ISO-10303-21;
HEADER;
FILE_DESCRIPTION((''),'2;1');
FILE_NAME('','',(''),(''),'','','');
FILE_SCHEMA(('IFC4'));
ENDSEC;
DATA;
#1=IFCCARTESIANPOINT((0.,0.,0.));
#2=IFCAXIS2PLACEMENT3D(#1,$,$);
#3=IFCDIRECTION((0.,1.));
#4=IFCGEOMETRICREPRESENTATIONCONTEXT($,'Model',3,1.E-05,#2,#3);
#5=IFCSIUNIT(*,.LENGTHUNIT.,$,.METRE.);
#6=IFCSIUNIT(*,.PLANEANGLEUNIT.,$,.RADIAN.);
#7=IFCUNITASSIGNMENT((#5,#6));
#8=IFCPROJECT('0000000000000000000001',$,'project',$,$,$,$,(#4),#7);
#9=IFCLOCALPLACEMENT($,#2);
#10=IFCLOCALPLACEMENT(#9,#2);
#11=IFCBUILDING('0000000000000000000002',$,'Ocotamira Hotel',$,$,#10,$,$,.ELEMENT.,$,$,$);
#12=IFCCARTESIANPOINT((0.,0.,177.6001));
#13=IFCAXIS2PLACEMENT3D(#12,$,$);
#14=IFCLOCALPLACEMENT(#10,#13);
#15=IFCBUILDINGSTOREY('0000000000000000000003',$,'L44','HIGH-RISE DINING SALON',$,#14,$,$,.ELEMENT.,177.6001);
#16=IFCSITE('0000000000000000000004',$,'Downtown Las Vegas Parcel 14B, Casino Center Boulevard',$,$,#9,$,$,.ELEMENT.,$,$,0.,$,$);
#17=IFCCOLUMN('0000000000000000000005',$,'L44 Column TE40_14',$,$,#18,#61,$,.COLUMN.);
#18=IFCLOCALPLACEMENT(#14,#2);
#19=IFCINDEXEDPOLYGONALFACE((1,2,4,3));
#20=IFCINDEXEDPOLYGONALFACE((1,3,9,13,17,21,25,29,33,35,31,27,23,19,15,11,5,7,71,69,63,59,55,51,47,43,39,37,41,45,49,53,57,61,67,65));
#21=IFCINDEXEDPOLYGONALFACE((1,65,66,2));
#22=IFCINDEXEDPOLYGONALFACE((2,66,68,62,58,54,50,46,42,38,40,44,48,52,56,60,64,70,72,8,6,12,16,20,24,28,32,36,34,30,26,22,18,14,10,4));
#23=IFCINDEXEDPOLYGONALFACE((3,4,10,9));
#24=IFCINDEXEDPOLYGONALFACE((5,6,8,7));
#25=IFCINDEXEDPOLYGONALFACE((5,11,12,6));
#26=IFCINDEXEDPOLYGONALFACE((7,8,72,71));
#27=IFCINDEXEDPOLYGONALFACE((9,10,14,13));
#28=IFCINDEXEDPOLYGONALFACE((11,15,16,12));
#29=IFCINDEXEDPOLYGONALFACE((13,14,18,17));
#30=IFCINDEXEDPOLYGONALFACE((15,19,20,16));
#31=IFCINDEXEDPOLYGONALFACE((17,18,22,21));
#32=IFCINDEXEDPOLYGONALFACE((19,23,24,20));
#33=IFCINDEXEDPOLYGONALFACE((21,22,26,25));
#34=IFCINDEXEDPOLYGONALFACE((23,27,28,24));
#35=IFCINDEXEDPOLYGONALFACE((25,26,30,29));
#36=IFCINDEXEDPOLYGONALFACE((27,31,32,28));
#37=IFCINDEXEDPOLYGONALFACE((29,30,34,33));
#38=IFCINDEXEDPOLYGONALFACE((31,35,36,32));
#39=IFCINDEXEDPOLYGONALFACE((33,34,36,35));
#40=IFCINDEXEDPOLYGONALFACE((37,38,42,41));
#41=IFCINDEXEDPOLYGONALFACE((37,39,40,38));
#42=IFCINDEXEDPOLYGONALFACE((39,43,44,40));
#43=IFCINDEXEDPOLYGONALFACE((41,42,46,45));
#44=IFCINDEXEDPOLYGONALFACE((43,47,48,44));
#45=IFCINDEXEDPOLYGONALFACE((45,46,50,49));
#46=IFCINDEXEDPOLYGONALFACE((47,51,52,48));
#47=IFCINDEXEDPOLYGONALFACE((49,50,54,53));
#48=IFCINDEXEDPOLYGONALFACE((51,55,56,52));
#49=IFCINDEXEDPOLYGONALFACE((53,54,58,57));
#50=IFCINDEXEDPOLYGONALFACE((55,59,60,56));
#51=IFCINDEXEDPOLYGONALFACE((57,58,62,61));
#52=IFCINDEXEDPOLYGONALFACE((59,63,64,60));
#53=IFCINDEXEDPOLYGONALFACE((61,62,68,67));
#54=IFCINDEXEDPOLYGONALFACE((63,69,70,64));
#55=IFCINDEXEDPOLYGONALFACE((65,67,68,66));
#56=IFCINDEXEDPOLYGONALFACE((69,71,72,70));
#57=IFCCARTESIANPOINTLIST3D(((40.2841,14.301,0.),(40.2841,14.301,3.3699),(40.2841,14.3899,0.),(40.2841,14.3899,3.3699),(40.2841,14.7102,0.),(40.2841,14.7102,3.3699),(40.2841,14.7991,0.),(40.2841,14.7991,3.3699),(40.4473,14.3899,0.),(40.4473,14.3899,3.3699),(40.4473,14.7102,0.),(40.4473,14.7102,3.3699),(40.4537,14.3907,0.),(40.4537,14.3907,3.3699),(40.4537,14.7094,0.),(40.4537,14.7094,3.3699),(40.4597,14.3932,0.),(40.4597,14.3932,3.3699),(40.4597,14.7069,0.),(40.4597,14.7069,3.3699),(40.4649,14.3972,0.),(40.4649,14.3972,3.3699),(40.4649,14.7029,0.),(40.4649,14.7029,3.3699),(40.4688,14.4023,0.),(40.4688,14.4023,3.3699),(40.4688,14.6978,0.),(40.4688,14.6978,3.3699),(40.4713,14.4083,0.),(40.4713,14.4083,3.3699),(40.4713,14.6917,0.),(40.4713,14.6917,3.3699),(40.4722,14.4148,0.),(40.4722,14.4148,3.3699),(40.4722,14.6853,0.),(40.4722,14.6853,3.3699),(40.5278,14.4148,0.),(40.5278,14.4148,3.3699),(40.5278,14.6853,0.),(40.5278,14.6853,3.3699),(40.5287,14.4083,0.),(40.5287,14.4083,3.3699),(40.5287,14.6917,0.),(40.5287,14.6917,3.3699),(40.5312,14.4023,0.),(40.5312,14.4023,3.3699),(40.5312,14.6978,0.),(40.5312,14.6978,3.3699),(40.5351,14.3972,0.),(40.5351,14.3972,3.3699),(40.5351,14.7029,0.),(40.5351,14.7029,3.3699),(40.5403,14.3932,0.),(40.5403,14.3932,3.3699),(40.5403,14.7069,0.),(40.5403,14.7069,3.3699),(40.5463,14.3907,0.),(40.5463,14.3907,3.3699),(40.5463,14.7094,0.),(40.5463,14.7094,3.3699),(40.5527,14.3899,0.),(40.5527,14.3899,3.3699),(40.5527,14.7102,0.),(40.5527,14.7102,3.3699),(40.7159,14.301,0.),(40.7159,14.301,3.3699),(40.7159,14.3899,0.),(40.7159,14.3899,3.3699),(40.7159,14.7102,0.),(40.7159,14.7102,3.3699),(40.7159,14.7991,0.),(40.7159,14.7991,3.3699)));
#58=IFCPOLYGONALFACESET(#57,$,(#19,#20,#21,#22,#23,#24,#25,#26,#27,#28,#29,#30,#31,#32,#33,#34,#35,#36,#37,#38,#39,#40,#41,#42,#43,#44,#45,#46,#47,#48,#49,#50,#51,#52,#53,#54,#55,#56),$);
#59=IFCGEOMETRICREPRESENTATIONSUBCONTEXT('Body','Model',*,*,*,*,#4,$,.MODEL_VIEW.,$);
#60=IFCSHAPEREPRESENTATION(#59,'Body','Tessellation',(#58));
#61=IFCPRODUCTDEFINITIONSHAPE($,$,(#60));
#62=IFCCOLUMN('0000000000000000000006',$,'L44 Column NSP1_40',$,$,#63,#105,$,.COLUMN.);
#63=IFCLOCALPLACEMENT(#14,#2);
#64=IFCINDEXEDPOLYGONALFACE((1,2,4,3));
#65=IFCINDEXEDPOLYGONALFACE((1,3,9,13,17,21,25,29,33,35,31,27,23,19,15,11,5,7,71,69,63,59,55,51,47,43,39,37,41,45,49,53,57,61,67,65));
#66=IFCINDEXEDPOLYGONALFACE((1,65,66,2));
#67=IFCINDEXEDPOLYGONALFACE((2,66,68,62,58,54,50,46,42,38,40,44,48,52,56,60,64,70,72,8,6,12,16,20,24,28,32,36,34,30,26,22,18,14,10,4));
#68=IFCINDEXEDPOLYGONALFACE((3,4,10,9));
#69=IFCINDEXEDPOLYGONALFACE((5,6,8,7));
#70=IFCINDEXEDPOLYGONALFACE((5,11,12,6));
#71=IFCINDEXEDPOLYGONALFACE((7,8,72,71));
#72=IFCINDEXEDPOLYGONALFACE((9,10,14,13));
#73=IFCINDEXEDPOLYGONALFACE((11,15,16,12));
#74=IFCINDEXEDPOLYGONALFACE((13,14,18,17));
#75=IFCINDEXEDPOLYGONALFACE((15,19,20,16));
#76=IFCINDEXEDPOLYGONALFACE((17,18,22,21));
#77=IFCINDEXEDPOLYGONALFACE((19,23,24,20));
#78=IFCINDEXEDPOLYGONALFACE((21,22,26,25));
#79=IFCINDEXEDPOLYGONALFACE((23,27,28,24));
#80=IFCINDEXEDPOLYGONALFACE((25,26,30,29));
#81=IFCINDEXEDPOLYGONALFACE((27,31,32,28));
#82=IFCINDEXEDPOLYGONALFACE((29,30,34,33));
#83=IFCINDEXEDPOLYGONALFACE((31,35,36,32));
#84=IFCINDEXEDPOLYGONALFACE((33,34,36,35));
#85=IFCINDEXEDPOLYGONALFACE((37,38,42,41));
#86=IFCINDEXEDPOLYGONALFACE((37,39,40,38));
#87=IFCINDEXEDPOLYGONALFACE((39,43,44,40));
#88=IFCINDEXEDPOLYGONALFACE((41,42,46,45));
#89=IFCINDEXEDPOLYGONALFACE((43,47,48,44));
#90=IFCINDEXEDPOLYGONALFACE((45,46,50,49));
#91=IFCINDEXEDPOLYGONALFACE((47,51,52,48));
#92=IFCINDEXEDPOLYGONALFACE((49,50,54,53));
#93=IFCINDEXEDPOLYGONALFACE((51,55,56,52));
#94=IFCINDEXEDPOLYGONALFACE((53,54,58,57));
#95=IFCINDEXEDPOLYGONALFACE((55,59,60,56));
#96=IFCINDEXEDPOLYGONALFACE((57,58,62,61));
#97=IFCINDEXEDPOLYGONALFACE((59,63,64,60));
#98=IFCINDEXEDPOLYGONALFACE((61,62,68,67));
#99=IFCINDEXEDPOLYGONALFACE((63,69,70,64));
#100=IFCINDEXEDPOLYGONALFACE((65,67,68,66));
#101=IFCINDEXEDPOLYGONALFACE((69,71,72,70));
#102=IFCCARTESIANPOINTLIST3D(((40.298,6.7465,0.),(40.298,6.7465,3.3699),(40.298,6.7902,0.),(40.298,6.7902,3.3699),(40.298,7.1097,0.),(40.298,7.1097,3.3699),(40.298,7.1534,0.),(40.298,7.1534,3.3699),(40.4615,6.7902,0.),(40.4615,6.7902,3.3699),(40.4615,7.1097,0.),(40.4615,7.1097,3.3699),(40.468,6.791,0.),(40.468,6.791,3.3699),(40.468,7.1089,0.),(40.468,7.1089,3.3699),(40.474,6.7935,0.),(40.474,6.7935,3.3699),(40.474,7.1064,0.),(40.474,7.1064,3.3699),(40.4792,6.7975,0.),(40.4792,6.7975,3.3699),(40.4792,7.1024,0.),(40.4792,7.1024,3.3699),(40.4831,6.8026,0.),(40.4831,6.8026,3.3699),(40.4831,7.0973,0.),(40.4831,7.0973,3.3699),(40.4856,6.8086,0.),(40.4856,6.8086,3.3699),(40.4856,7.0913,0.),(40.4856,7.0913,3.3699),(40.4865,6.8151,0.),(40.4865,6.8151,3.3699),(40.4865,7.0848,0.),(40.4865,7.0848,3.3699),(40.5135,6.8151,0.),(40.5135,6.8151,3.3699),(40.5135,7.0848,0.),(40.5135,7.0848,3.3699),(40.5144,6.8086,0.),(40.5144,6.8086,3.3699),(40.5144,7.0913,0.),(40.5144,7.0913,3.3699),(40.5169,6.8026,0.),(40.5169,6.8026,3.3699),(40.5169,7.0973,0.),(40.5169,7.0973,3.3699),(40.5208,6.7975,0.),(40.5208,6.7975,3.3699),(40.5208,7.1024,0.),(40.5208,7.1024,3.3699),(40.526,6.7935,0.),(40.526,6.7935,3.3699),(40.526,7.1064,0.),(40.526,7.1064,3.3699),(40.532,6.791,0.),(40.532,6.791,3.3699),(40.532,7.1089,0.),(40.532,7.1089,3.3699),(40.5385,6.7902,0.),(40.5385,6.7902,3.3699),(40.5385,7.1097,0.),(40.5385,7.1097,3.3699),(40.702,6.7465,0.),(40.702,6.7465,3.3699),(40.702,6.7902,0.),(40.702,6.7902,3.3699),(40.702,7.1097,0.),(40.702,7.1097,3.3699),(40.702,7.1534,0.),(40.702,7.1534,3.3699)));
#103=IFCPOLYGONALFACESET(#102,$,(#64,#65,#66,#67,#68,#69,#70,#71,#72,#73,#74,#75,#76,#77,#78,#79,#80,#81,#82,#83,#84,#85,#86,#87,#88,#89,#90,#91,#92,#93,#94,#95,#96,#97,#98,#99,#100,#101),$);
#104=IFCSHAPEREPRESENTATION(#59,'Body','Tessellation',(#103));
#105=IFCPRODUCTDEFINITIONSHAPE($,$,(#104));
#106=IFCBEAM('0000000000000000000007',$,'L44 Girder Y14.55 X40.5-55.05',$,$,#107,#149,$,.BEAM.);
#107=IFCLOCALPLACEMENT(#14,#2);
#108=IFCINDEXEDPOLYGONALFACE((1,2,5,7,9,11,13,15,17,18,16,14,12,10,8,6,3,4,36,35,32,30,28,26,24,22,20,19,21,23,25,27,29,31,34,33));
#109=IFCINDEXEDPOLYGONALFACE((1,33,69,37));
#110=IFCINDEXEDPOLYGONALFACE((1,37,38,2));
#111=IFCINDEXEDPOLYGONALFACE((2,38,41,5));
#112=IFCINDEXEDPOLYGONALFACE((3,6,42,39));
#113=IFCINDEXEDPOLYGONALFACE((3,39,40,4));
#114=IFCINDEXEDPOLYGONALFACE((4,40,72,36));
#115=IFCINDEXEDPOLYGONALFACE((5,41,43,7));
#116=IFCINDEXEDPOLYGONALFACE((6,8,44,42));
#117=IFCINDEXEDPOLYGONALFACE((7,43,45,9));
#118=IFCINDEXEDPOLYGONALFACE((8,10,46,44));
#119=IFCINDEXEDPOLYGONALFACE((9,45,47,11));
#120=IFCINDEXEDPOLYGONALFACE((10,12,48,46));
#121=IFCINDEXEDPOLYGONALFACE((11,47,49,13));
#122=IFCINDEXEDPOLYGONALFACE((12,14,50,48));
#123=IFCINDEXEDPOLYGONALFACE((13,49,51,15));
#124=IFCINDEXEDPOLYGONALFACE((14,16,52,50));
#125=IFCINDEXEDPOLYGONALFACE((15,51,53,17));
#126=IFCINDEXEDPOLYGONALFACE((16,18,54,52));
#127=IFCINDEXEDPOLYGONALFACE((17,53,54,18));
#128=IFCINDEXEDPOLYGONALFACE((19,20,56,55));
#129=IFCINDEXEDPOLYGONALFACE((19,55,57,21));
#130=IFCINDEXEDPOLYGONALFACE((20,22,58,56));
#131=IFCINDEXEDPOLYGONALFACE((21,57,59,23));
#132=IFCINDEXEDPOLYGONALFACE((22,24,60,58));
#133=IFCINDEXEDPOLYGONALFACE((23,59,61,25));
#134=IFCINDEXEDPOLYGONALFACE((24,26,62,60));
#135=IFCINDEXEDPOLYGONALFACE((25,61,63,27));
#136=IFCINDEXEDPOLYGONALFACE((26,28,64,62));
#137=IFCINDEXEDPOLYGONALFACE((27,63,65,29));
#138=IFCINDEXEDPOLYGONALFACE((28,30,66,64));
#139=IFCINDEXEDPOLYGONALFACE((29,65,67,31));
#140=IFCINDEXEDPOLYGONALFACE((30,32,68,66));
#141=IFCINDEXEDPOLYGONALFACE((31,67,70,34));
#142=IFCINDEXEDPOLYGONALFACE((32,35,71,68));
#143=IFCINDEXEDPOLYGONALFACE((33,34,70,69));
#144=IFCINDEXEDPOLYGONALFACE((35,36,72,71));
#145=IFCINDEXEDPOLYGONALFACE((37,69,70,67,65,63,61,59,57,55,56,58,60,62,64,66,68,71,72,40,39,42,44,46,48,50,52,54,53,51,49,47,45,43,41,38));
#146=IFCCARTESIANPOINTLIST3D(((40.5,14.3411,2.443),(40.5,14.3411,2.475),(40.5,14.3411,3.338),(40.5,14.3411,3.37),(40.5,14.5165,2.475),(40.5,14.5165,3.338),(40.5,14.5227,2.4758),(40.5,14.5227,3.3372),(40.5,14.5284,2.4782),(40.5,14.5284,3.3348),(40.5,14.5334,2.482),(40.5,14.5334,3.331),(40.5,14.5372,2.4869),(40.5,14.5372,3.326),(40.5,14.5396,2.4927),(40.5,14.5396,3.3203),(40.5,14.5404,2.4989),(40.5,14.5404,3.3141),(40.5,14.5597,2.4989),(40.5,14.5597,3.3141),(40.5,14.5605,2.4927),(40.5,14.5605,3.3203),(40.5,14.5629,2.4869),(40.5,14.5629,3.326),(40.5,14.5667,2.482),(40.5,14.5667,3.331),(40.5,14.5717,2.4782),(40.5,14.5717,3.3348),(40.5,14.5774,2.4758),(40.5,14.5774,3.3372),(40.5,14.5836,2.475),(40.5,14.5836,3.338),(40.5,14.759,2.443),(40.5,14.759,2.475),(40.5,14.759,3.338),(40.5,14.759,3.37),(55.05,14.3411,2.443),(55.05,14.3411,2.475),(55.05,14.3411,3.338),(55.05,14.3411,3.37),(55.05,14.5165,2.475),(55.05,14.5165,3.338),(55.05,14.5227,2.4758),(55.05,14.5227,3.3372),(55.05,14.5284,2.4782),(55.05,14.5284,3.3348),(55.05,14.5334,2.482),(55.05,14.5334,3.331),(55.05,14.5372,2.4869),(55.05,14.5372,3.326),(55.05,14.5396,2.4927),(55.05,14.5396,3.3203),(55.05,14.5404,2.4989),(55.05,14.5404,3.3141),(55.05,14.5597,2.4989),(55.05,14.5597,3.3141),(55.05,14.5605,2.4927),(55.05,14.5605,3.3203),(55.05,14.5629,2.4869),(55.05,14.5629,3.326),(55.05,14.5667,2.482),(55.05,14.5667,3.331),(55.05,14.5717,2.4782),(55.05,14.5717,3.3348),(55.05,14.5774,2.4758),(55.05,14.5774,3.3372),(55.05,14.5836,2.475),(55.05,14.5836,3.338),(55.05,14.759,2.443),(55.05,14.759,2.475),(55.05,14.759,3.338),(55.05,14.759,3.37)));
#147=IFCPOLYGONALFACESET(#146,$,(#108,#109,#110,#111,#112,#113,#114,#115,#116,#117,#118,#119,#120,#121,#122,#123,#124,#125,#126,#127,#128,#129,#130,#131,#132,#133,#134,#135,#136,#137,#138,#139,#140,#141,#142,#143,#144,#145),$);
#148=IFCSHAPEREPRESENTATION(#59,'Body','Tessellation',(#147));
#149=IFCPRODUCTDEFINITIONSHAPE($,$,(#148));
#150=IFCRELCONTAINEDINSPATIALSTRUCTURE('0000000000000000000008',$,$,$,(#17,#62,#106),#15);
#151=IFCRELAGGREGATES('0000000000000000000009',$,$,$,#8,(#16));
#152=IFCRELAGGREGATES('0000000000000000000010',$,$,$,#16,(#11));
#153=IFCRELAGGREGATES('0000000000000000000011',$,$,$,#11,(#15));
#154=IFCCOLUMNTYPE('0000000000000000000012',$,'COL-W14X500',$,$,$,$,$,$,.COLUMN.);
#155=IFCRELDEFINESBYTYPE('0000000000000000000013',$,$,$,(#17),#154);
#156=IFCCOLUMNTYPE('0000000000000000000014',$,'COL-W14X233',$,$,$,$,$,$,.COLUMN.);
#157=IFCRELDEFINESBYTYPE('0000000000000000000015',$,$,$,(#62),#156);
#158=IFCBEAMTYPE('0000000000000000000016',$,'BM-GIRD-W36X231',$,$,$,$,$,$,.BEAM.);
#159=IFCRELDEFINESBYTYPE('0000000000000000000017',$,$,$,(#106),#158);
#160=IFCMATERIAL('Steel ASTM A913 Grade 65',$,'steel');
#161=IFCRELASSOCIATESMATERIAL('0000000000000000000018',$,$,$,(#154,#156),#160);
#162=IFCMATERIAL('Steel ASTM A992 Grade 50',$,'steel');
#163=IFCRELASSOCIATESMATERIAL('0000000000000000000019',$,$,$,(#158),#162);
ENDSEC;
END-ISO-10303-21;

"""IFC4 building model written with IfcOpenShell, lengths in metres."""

from ifc_helpers import new_model, si_unit, direction, frame, origin, origin_2d, place, context, subcontext, project, spatial, i_section, extrude, source, transform, mapped, material, material_profile, profile_set, type_object, element, save


model = new_model("IFC4")

# Units and contexts
model_context = context("Model", 3, precision=1e-05, world=origin(), true_north=direction((0.0, 1.0)))
body_context = subcontext(model_context, "Body", "Model", "MODEL_VIEW")
ifc_project = project(units=[si_unit("LENGTHUNIT", "METRE"), si_unit("PLANEANGLEUNIT", "RADIAN")], contexts=[model_context])

# Site, building, storey
site_placement = place(None, origin())
site = spatial("IfcSite", under=ifc_project, at=site_placement, Name="Downtown Las Vegas Parcel 14B, Casino Center Boulevard", CompositionType="ELEMENT", RefElevation=0.0)
building_placement = place(site_placement, origin())
building = spatial("IfcBuilding", under=site, at=building_placement, Name="Ocotamira Hotel", CompositionType="ELEMENT")
storey_placement = place(building_placement, frame((0.0, 0.0, 177.6001)))
storey = spatial("IfcBuildingStorey", under=building, at=storey_placement, Name="L44", Description="HIGH-RISE DINING SALON", CompositionType="ELEMENT", Elevation=177.6001)

# Columns
ifc_material_1 = material(Name="Steel ASTM A913 Grade 65", Category="steel")
ifc_material_profile_1 = material_profile(ifc_material_1, i_section(OverallWidth=0.4319, OverallDepth=0.498, WebThickness=0.0557, FlangeThickness=0.0889, FilletRadius=0.0249, at=origin_2d()), Name="W14X500")
ifc_profile_set_1 = profile_set([ifc_material_profile_1], Name="Steel ASTM A913 Grade 65")
column_type_1 = type_object("IfcColumnType", Name="COL-W14X500", PredefinedType="COLUMN", material=ifc_profile_set_1)
shared_shape_1 = source(origin(), body_context, "Body", "SweptSolid", [
    extrude(i_section(OverallWidth=0.4319, OverallDepth=0.498, WebThickness=0.0557, FlangeThickness=0.0889, FilletRadius=0.0249, at=origin_2d()), origin(), (0.0, 0.0, 1.0), 3.3699),
])
column_1_placement = place(storey_placement, frame((40.5, 14.55, 0.0), z_axis=(0.0, 0.0, 1.0), x_axis=(1.0, 0.0, 0.0)))
element("IfcColumn", 1, at=column_1_placement, inside=storey, type_object=column_type_1, Name="L44 Column TE40_14", PredefinedType="COLUMN", context=body_context, shape_type="MappedRepresentation", body=[
    mapped(shared_shape_1, transform((0.0, 0.0, 0.0), scale=1.0)),
])
ifc_material_profile_2 = material_profile(ifc_material_1, i_section(OverallWidth=0.4041, OverallDepth=0.407, WebThickness=0.0271, FlangeThickness=0.0437, FilletRadius=0.0249, at=origin_2d()), Name="W14X233")
ifc_profile_set_2 = profile_set([ifc_material_profile_2], Name="Steel ASTM A913 Grade 65")
column_type_2 = type_object("IfcColumnType", Name="COL-W14X233", PredefinedType="COLUMN", material=ifc_profile_set_2)
shared_shape_2 = source(origin(), body_context, "Body", "SweptSolid", [
    extrude(i_section(OverallWidth=0.4041, OverallDepth=0.407, WebThickness=0.0271, FlangeThickness=0.0437, FilletRadius=0.0249, at=origin_2d()), origin(), (0.0, 0.0, 1.0), 3.3699),
])
column_2_placement = place(storey_placement, frame((40.5, 6.95, 0.0), z_axis=(0.0, 0.0, 1.0), x_axis=(1.0, 0.0, 0.0)))
element("IfcColumn", 2, at=column_2_placement, inside=storey, type_object=column_type_2, Name="L44 Column NSP1_40", PredefinedType="COLUMN", context=body_context, shape_type="MappedRepresentation", body=[
    mapped(shared_shape_2, transform((0.0, 0.0, 0.0), scale=1.0)),
])

# Beam
ifc_material_2 = material(Name="Steel ASTM A992 Grade 50", Category="steel")
ifc_material_profile_3 = material_profile(ifc_material_2, i_section(OverallWidth=0.418, OverallDepth=0.927, WebThickness=0.0193, FlangeThickness=0.032, FilletRadius=0.0239, at=origin_2d()), Name="W36X231")
ifc_profile_set_3 = profile_set([ifc_material_profile_3], Name="Steel ASTM A992 Grade 50")
beam_type_1 = type_object("IfcBeamType", Name="BM-GIRD-W36X231", PredefinedType="BEAM", material=ifc_profile_set_3)
shared_shape_3 = source(origin(), body_context, "Body", "SweptSolid", [
    extrude(i_section(OverallWidth=0.418, OverallDepth=0.927, WebThickness=0.0193, FlangeThickness=0.032, FilletRadius=0.0239, at=origin_2d()), origin(), (0.0, 0.0, 1.0), 14.55),
])
beam_1_placement = place(storey_placement, frame((40.5, 14.55, 2.9065), z_axis=(1.0, 0.0, 0.0), x_axis=(0.0, 1.0, 0.0)))
element("IfcBeam", 3, at=beam_1_placement, inside=storey, type_object=beam_type_1, Name="L44 Girder Y14.55 X40.5-55.05", PredefinedType="BEAM", context=body_context, shape_type="MappedRepresentation", body=[
    mapped(shared_shape_3, transform((0.0, 0.0, 0.0), scale=1.0)),
])

save(model, "model.ifc")
